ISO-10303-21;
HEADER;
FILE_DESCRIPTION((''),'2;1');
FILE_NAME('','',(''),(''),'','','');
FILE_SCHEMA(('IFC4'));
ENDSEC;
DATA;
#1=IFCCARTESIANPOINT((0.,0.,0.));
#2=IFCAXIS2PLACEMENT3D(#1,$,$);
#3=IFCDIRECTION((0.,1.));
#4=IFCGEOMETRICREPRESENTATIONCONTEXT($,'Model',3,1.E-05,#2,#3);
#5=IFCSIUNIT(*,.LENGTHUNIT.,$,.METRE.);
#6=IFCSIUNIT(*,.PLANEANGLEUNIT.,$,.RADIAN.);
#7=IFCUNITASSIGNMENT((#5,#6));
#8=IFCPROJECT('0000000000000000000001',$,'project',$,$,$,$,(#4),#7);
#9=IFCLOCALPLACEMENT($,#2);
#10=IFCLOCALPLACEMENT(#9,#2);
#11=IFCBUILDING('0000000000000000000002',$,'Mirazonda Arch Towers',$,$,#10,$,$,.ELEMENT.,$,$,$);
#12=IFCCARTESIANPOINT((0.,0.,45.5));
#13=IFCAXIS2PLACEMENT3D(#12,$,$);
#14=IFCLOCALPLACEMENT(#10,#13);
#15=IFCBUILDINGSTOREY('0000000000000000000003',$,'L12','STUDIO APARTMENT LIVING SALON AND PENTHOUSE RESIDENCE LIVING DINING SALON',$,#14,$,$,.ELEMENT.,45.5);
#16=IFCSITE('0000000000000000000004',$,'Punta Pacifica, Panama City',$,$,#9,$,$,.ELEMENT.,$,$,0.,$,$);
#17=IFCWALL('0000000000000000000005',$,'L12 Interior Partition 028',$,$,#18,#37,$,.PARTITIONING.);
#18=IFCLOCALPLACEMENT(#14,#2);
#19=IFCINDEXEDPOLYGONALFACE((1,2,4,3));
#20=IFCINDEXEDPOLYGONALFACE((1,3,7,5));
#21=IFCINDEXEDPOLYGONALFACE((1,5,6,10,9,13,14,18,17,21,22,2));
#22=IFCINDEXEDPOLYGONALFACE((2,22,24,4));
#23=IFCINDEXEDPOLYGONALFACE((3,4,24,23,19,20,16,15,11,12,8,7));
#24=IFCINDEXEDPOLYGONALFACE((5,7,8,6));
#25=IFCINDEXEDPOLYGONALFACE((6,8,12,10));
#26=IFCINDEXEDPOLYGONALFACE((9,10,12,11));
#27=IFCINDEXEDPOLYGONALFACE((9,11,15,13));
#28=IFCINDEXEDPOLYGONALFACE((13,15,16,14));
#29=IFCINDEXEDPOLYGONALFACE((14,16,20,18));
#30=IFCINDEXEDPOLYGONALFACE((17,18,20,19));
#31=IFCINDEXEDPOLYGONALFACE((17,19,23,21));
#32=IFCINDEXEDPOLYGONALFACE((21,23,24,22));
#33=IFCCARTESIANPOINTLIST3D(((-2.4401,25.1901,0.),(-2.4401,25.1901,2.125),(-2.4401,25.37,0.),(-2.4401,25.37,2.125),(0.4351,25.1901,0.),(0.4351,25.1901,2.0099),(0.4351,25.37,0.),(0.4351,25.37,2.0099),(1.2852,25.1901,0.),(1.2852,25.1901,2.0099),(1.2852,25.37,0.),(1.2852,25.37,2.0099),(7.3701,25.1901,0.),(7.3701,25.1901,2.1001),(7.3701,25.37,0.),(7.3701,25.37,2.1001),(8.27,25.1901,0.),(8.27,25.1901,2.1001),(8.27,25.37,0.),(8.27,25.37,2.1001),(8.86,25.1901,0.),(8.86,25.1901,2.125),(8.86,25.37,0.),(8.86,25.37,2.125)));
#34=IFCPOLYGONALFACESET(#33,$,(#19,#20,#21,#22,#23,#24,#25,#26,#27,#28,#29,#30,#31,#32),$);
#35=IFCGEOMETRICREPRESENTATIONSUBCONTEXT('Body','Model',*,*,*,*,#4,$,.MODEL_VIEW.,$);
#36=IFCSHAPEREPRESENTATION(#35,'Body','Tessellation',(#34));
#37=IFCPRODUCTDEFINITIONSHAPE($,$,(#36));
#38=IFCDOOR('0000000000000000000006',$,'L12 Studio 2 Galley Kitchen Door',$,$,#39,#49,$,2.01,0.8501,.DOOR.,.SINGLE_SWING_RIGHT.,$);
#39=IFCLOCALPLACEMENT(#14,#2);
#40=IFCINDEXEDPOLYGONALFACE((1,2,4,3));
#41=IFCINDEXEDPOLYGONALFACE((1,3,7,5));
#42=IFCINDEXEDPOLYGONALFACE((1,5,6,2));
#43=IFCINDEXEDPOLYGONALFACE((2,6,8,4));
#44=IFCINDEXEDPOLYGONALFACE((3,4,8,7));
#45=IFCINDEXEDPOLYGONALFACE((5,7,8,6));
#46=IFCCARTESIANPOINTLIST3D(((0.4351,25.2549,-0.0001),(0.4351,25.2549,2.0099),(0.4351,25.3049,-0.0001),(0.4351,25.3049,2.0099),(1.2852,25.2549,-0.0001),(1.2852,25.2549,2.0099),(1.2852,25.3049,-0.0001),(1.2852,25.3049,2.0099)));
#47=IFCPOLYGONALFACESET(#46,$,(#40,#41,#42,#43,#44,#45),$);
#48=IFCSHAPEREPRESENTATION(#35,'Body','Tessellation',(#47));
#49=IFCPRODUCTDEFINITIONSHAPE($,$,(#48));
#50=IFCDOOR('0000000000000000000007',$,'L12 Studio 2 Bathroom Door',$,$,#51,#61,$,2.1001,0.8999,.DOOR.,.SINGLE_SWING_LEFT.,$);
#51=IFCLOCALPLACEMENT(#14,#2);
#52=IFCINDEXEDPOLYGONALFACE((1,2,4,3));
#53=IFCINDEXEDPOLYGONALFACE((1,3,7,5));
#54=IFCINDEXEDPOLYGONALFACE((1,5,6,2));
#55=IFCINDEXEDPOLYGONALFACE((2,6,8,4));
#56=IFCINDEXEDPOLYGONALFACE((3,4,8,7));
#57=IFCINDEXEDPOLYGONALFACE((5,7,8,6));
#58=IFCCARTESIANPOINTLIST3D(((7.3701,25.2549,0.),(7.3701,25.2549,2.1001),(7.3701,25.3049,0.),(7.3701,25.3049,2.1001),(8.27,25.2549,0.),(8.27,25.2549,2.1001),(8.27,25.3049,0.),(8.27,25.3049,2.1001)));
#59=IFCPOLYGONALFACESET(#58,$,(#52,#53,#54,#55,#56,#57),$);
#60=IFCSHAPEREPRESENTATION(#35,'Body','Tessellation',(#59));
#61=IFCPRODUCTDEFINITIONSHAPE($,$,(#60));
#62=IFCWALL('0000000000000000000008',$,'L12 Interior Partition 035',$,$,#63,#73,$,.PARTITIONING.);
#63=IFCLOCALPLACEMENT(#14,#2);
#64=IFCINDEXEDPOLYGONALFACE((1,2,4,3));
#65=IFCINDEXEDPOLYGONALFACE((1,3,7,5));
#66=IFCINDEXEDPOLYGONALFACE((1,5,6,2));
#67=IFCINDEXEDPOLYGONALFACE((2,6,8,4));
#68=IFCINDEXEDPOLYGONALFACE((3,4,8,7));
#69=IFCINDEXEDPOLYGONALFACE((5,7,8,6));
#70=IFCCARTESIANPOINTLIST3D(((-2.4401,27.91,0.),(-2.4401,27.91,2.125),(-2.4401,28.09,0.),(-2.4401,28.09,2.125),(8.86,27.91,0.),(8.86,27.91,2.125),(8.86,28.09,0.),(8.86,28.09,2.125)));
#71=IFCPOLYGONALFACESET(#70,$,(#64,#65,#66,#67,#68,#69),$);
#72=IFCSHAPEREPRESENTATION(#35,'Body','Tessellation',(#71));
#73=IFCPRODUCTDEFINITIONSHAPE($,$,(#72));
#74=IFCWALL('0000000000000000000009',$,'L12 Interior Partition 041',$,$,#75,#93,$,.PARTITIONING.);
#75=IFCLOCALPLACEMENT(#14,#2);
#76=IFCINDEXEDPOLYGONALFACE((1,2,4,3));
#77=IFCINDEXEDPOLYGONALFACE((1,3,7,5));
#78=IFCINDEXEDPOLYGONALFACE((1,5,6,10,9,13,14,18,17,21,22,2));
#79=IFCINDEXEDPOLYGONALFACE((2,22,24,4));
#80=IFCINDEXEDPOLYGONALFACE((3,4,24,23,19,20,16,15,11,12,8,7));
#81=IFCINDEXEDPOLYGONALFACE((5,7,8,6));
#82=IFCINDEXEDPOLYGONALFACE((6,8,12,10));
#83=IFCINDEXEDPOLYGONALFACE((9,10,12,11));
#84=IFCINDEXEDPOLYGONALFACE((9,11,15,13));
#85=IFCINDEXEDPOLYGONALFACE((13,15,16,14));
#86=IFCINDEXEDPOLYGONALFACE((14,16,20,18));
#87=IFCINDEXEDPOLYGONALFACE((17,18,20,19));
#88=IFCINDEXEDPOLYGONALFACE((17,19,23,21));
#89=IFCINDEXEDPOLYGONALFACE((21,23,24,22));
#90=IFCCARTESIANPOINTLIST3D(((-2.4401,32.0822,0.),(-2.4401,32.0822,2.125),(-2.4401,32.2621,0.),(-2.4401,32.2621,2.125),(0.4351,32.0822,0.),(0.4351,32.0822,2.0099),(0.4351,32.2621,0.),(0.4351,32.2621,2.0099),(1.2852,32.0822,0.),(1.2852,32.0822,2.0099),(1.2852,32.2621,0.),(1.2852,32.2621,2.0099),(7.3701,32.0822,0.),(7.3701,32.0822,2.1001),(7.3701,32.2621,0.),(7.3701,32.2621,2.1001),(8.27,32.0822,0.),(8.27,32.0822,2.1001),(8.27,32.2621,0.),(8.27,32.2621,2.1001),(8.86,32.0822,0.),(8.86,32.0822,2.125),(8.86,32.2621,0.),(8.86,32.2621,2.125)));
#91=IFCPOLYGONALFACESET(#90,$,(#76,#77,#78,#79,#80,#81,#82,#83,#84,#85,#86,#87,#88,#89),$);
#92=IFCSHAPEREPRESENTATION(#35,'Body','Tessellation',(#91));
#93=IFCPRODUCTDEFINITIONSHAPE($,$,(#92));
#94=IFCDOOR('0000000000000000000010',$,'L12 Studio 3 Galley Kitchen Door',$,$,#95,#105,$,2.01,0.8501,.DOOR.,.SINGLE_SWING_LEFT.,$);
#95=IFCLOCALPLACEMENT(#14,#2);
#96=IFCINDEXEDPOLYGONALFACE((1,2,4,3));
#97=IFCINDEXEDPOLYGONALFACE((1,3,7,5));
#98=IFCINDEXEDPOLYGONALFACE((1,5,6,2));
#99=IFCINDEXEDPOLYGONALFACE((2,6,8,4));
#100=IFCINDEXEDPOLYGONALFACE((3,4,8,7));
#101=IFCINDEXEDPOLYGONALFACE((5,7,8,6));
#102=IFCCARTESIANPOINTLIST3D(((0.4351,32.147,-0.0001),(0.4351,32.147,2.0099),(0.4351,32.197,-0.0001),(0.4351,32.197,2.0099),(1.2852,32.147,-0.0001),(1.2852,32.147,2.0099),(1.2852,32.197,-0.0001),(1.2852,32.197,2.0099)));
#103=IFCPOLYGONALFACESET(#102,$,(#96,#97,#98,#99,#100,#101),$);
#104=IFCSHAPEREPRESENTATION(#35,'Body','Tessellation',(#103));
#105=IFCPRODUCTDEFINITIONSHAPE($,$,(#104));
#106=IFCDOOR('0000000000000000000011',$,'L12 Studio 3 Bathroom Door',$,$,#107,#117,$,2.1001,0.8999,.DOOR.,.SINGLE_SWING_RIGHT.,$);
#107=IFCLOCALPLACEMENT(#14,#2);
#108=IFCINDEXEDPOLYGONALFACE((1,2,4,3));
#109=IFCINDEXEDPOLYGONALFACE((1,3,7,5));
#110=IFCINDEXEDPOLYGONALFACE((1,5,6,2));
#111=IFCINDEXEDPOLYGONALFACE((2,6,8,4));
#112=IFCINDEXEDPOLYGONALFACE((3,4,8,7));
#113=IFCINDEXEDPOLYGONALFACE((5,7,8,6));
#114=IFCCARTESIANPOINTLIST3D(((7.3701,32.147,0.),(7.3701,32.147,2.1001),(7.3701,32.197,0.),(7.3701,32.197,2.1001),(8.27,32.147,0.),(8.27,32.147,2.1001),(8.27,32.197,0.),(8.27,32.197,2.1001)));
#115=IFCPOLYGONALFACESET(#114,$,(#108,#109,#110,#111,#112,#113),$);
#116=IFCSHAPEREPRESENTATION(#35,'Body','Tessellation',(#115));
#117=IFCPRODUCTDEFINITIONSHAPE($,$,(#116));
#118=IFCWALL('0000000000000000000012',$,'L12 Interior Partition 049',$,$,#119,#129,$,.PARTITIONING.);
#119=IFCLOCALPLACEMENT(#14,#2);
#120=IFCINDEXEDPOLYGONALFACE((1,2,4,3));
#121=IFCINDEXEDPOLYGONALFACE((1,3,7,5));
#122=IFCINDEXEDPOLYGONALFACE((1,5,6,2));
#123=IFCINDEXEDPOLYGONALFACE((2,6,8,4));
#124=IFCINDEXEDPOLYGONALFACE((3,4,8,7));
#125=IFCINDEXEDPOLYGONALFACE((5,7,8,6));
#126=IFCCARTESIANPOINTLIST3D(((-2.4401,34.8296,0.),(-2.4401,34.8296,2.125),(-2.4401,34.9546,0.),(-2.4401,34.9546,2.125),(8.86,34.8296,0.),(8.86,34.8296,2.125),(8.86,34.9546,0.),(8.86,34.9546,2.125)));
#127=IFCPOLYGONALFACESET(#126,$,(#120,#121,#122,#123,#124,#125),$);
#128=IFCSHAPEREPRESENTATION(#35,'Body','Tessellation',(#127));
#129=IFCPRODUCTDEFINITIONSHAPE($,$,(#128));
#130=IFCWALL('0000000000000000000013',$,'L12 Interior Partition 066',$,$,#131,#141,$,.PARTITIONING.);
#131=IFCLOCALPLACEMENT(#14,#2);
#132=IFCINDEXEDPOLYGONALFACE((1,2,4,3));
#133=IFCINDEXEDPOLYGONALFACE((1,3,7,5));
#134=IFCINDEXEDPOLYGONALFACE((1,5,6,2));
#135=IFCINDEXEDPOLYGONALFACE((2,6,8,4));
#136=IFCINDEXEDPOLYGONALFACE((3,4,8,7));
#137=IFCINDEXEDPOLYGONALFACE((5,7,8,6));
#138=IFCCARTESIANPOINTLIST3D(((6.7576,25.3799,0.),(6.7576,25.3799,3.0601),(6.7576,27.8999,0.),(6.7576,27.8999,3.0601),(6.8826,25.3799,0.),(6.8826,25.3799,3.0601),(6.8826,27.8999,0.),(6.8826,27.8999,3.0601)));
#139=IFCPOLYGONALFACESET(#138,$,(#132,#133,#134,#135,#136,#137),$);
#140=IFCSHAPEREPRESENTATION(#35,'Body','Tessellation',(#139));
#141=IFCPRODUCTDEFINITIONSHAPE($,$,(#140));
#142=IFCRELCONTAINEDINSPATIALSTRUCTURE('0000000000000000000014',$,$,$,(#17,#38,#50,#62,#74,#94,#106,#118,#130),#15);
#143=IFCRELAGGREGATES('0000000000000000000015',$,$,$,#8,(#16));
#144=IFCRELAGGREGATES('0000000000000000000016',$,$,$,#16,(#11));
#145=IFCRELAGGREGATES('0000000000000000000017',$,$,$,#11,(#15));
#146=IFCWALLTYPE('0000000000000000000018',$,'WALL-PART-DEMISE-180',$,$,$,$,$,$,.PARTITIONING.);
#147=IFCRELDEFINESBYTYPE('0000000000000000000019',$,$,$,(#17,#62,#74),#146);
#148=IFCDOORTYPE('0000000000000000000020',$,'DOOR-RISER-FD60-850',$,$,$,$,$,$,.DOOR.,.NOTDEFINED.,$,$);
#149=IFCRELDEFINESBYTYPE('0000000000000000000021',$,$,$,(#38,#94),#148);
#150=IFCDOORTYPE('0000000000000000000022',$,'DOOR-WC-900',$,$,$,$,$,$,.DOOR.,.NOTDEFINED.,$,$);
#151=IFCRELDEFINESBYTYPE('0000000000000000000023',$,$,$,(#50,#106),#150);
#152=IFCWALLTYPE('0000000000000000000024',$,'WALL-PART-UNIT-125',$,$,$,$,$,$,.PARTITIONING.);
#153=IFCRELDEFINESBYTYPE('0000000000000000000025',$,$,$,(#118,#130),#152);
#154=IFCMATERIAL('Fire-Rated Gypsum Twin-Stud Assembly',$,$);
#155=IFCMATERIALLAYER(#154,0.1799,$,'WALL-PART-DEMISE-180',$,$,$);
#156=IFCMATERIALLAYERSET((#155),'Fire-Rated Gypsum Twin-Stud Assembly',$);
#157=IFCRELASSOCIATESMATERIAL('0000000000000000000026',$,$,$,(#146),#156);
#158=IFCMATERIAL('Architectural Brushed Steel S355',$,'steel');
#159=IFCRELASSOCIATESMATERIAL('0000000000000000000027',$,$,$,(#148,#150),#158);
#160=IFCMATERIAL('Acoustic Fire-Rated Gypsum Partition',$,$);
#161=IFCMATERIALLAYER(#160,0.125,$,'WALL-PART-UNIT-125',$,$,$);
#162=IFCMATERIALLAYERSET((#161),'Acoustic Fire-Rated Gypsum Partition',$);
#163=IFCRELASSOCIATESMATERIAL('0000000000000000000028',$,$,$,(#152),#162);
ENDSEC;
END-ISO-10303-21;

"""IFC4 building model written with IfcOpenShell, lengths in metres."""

from ifc_helpers import new_model, si_unit, direction, frame, frame_2d, origin, place, context, subcontext, project, spatial, rectangle, extrude, material, layer, layer_set, type_object, element, fill, save


model = new_model("IFC4")

# Units and contexts
model_context = context("Model", 3, precision=1e-05, world=origin(), true_north=direction((0.0, 1.0)))
body_context = subcontext(model_context, "Body", "Model", "MODEL_VIEW")
ifc_project = project(units=[si_unit("LENGTHUNIT", "METRE"), si_unit("PLANEANGLEUNIT", "RADIAN")], contexts=[model_context])

# Site, building, storey
site_placement = place(None, origin())
site = spatial("IfcSite", under=ifc_project, at=site_placement, Name="Punta Pacifica, Panama City", CompositionType="ELEMENT", RefElevation=0.0)
building_placement = place(site_placement, origin())
building = spatial("IfcBuilding", under=site, at=building_placement, Name="Mirazonda Arch Towers", CompositionType="ELEMENT")
storey_placement = place(building_placement, frame((0.0, 0.0, 45.5)))
storey = spatial("IfcBuildingStorey", under=building, at=storey_placement, Name="L12", Description="STUDIO APARTMENT LIVING SALON AND PENTHOUSE RESIDENCE LIVING DINING SALON", CompositionType="ELEMENT", Elevation=45.5)

# Wall, openings, doors
ifc_material_1 = material(Name="Fire-Rated Gypsum Twin-Stud Assembly")
ifc_layer_1 = layer(ifc_material_1, 0.1799, Name="WALL-PART-DEMISE-180")
ifc_layer_set_1 = layer_set([ifc_layer_1], Name="Fire-Rated Gypsum Twin-Stud Assembly")
wall_type_1 = type_object("IfcWallType", Name="WALL-PART-DEMISE-180", PredefinedType="PARTITIONING", material=ifc_layer_set_1)
wall_1_placement = place(storey_placement, frame((-2.4399, 25.28, 0.0), z_axis=(0.0, 0.0, 1.0), x_axis=(1.0, 0.0, 0.0)))
wall_1 = element("IfcWall", 1, at=wall_1_placement, inside=storey, type_object=wall_type_1, Name="L12 Interior Partition 028", PredefinedType="PARTITIONING", context=body_context, shape_type="SweptSolid", body=[
    extrude(rectangle(XDim=11.3, YDim=0.1799, at=frame_2d((5.6499, 0.0))), origin(), (0.0, 0.0, 1.0), 2.125),
])
opening_1_placement = place(wall_1_placement, frame((2.875, 0.0, 0.0)))
opening_1 = element("IfcOpeningElement", 2, at=opening_1_placement, cuts=wall_1, PredefinedType="OPENING", context=body_context, shape_type="SweptSolid", body=[
    extrude(rectangle(XDim=0.8501, YDim=2.01, at=frame_2d((0.425, 1.0049))), frame((0.0, 0.0999, 0.0), z_axis=(0.0, -1.0, 0.0), x_axis=(1.0, 0.0, 0.0)), (0.0, 0.0, 1.0), 0.2),
])
opening_2_placement = place(wall_1_placement, frame((9.8101, 0.0, 0.0)))
opening_2 = element("IfcOpeningElement", 3, at=opening_2_placement, cuts=wall_1, PredefinedType="OPENING", context=body_context, shape_type="SweptSolid", body=[
    extrude(rectangle(XDim=0.8999, YDim=2.1001, at=frame_2d((0.45, 1.05))), frame((0.0, 0.0999, 0.0), z_axis=(0.0, -1.0, 0.0), x_axis=(1.0, 0.0, 0.0)), (0.0, 0.0, 1.0), 0.2),
])
ifc_material_2 = material(Name="Architectural Brushed Steel S355", Category="steel")
door_type_1 = type_object("IfcDoorType", Name="DOOR-RISER-FD60-850", OperationType="NOTDEFINED", PredefinedType="DOOR", material=ifc_material_2)
door_1_placement = place(opening_1_placement, origin())
door_1 = element("IfcDoor", 4, at=door_1_placement, inside=storey, type_object=door_type_1, Name="L12 Studio 2 Galley Kitchen Door", OperationType="SINGLE_SWING_RIGHT", OverallHeight=2.01, OverallWidth=0.8501, PredefinedType="DOOR", context=body_context, shape_type="SweptSolid", body=[
    extrude(rectangle(XDim=0.8501, YDim=2.01, at=frame_2d((0.425, 1.0049))), frame((0.0, 0.0249, 0.0), z_axis=(0.0, -1.0, 0.0), x_axis=(1.0, 0.0, 0.0)), (0.0, 0.0, 1.0), 0.05),
])
fill(opening_1, door_1)
door_type_2 = type_object("IfcDoorType", Name="DOOR-WC-900", OperationType="NOTDEFINED", PredefinedType="DOOR", material=ifc_material_2)
door_2_placement = place(opening_2_placement, origin())
door_2 = element("IfcDoor", 5, at=door_2_placement, inside=storey, type_object=door_type_2, Name="L12 Studio 2 Bathroom Door", OperationType="SINGLE_SWING_LEFT", OverallHeight=2.1001, OverallWidth=0.8999, PredefinedType="DOOR", context=body_context, shape_type="SweptSolid", body=[
    extrude(rectangle(XDim=0.8999, YDim=2.1001, at=frame_2d((0.45, 1.05))), frame((0.0, 0.0249, 0.0), z_axis=(0.0, -1.0, 0.0), x_axis=(1.0, 0.0, 0.0)), (0.0, 0.0, 1.0), 0.05),
])
fill(opening_2, door_2)

# Wall
wall_2_placement = place(storey_placement, frame((-2.4399, 28.0, 0.0), z_axis=(0.0, 0.0, 1.0), x_axis=(1.0, 0.0, 0.0)))
element("IfcWall", 6, at=wall_2_placement, inside=storey, type_object=wall_type_1, Name="L12 Interior Partition 035", PredefinedType="PARTITIONING", context=body_context, shape_type="SweptSolid", body=[
    extrude(rectangle(XDim=11.3, YDim=0.1799, at=frame_2d((5.6499, 0.0))), origin(), (0.0, 0.0, 1.0), 2.125),
])

# Wall, openings, doors
wall_3_placement = place(storey_placement, frame((-2.4399, 32.1721, 0.0), z_axis=(0.0, 0.0, 1.0), x_axis=(1.0, 0.0, 0.0)))
wall_3 = element("IfcWall", 7, at=wall_3_placement, inside=storey, type_object=wall_type_1, Name="L12 Interior Partition 041", PredefinedType="PARTITIONING", context=body_context, shape_type="SweptSolid", body=[
    extrude(rectangle(XDim=11.3, YDim=0.1799, at=frame_2d((5.6499, 0.0))), origin(), (0.0, 0.0, 1.0), 2.125),
])
opening_3_placement = place(wall_3_placement, frame((2.875, 0.0, 0.0)))
opening_3 = element("IfcOpeningElement", 8, at=opening_3_placement, cuts=wall_3, PredefinedType="OPENING", context=body_context, shape_type="SweptSolid", body=[
    extrude(rectangle(XDim=0.8501, YDim=2.01, at=frame_2d((0.425, 1.0049))), frame((0.0, 0.0999, 0.0), z_axis=(0.0, -1.0, 0.0), x_axis=(1.0, 0.0, 0.0)), (0.0, 0.0, 1.0), 0.2),
])
opening_4_placement = place(wall_3_placement, frame((9.8101, 0.0, 0.0)))
opening_4 = element("IfcOpeningElement", 9, at=opening_4_placement, cuts=wall_3, PredefinedType="OPENING", context=body_context, shape_type="SweptSolid", body=[
    extrude(rectangle(XDim=0.8999, YDim=2.1001, at=frame_2d((0.45, 1.05))), frame((0.0, 0.0999, 0.0), z_axis=(0.0, -1.0, 0.0), x_axis=(1.0, 0.0, 0.0)), (0.0, 0.0, 1.0), 0.2),
])
door_3_placement = place(opening_3_placement, origin())
door_3 = element("IfcDoor", 10, at=door_3_placement, inside=storey, type_object=door_type_1, Name="L12 Studio 3 Galley Kitchen Door", OperationType="SINGLE_SWING_LEFT", OverallHeight=2.01, OverallWidth=0.8501, PredefinedType="DOOR", context=body_context, shape_type="SweptSolid", body=[
    extrude(rectangle(XDim=0.8501, YDim=2.01, at=frame_2d((0.425, 1.0049))), frame((0.0, 0.0249, 0.0), z_axis=(0.0, -1.0, 0.0), x_axis=(1.0, 0.0, 0.0)), (0.0, 0.0, 1.0), 0.05),
])
fill(opening_3, door_3)
door_4_placement = place(opening_4_placement, origin())
door_4 = element("IfcDoor", 11, at=door_4_placement, inside=storey, type_object=door_type_2, Name="L12 Studio 3 Bathroom Door", OperationType="SINGLE_SWING_RIGHT", OverallHeight=2.1001, OverallWidth=0.8999, PredefinedType="DOOR", context=body_context, shape_type="SweptSolid", body=[
    extrude(rectangle(XDim=0.8999, YDim=2.1001, at=frame_2d((0.45, 1.05))), frame((0.0, 0.0249, 0.0), z_axis=(0.0, -1.0, 0.0), x_axis=(1.0, 0.0, 0.0)), (0.0, 0.0, 1.0), 0.05),
])
fill(opening_4, door_4)

# Walls
ifc_material_3 = material(Name="Acoustic Fire-Rated Gypsum Partition")
ifc_layer_2 = layer(ifc_material_3, 0.125, Name="WALL-PART-UNIT-125")
ifc_layer_set_2 = layer_set([ifc_layer_2], Name="Acoustic Fire-Rated Gypsum Partition")
wall_type_2 = type_object("IfcWallType", Name="WALL-PART-UNIT-125", PredefinedType="PARTITIONING", material=ifc_layer_set_2)
wall_4_placement = place(storey_placement, frame((-2.4399, 34.8921, 0.0), z_axis=(0.0, 0.0, 1.0), x_axis=(1.0, 0.0, 0.0)))
element("IfcWall", 12, at=wall_4_placement, inside=storey, type_object=wall_type_2, Name="L12 Interior Partition 049", PredefinedType="PARTITIONING", context=body_context, shape_type="SweptSolid", body=[
    extrude(rectangle(XDim=11.3, YDim=0.125, at=frame_2d((5.6499, 0.0))), origin(), (0.0, 0.0, 1.0), 2.125),
])
wall_5_placement = place(storey_placement, frame((6.8201, 25.3799, 0.0), z_axis=(0.0, 0.0, 1.0), x_axis=(0.0, 1.0, 0.0)))
element("IfcWall", 13, at=wall_5_placement, inside=storey, type_object=wall_type_2, Name="L12 Interior Partition 066", PredefinedType="PARTITIONING", context=body_context, shape_type="SweptSolid", body=[
    extrude(rectangle(XDim=2.52, YDim=0.125, at=frame_2d((1.26, 0.0))), origin(), (0.0, 0.0, 1.0), 3.0601),
])

save(model, "model.ifc")
